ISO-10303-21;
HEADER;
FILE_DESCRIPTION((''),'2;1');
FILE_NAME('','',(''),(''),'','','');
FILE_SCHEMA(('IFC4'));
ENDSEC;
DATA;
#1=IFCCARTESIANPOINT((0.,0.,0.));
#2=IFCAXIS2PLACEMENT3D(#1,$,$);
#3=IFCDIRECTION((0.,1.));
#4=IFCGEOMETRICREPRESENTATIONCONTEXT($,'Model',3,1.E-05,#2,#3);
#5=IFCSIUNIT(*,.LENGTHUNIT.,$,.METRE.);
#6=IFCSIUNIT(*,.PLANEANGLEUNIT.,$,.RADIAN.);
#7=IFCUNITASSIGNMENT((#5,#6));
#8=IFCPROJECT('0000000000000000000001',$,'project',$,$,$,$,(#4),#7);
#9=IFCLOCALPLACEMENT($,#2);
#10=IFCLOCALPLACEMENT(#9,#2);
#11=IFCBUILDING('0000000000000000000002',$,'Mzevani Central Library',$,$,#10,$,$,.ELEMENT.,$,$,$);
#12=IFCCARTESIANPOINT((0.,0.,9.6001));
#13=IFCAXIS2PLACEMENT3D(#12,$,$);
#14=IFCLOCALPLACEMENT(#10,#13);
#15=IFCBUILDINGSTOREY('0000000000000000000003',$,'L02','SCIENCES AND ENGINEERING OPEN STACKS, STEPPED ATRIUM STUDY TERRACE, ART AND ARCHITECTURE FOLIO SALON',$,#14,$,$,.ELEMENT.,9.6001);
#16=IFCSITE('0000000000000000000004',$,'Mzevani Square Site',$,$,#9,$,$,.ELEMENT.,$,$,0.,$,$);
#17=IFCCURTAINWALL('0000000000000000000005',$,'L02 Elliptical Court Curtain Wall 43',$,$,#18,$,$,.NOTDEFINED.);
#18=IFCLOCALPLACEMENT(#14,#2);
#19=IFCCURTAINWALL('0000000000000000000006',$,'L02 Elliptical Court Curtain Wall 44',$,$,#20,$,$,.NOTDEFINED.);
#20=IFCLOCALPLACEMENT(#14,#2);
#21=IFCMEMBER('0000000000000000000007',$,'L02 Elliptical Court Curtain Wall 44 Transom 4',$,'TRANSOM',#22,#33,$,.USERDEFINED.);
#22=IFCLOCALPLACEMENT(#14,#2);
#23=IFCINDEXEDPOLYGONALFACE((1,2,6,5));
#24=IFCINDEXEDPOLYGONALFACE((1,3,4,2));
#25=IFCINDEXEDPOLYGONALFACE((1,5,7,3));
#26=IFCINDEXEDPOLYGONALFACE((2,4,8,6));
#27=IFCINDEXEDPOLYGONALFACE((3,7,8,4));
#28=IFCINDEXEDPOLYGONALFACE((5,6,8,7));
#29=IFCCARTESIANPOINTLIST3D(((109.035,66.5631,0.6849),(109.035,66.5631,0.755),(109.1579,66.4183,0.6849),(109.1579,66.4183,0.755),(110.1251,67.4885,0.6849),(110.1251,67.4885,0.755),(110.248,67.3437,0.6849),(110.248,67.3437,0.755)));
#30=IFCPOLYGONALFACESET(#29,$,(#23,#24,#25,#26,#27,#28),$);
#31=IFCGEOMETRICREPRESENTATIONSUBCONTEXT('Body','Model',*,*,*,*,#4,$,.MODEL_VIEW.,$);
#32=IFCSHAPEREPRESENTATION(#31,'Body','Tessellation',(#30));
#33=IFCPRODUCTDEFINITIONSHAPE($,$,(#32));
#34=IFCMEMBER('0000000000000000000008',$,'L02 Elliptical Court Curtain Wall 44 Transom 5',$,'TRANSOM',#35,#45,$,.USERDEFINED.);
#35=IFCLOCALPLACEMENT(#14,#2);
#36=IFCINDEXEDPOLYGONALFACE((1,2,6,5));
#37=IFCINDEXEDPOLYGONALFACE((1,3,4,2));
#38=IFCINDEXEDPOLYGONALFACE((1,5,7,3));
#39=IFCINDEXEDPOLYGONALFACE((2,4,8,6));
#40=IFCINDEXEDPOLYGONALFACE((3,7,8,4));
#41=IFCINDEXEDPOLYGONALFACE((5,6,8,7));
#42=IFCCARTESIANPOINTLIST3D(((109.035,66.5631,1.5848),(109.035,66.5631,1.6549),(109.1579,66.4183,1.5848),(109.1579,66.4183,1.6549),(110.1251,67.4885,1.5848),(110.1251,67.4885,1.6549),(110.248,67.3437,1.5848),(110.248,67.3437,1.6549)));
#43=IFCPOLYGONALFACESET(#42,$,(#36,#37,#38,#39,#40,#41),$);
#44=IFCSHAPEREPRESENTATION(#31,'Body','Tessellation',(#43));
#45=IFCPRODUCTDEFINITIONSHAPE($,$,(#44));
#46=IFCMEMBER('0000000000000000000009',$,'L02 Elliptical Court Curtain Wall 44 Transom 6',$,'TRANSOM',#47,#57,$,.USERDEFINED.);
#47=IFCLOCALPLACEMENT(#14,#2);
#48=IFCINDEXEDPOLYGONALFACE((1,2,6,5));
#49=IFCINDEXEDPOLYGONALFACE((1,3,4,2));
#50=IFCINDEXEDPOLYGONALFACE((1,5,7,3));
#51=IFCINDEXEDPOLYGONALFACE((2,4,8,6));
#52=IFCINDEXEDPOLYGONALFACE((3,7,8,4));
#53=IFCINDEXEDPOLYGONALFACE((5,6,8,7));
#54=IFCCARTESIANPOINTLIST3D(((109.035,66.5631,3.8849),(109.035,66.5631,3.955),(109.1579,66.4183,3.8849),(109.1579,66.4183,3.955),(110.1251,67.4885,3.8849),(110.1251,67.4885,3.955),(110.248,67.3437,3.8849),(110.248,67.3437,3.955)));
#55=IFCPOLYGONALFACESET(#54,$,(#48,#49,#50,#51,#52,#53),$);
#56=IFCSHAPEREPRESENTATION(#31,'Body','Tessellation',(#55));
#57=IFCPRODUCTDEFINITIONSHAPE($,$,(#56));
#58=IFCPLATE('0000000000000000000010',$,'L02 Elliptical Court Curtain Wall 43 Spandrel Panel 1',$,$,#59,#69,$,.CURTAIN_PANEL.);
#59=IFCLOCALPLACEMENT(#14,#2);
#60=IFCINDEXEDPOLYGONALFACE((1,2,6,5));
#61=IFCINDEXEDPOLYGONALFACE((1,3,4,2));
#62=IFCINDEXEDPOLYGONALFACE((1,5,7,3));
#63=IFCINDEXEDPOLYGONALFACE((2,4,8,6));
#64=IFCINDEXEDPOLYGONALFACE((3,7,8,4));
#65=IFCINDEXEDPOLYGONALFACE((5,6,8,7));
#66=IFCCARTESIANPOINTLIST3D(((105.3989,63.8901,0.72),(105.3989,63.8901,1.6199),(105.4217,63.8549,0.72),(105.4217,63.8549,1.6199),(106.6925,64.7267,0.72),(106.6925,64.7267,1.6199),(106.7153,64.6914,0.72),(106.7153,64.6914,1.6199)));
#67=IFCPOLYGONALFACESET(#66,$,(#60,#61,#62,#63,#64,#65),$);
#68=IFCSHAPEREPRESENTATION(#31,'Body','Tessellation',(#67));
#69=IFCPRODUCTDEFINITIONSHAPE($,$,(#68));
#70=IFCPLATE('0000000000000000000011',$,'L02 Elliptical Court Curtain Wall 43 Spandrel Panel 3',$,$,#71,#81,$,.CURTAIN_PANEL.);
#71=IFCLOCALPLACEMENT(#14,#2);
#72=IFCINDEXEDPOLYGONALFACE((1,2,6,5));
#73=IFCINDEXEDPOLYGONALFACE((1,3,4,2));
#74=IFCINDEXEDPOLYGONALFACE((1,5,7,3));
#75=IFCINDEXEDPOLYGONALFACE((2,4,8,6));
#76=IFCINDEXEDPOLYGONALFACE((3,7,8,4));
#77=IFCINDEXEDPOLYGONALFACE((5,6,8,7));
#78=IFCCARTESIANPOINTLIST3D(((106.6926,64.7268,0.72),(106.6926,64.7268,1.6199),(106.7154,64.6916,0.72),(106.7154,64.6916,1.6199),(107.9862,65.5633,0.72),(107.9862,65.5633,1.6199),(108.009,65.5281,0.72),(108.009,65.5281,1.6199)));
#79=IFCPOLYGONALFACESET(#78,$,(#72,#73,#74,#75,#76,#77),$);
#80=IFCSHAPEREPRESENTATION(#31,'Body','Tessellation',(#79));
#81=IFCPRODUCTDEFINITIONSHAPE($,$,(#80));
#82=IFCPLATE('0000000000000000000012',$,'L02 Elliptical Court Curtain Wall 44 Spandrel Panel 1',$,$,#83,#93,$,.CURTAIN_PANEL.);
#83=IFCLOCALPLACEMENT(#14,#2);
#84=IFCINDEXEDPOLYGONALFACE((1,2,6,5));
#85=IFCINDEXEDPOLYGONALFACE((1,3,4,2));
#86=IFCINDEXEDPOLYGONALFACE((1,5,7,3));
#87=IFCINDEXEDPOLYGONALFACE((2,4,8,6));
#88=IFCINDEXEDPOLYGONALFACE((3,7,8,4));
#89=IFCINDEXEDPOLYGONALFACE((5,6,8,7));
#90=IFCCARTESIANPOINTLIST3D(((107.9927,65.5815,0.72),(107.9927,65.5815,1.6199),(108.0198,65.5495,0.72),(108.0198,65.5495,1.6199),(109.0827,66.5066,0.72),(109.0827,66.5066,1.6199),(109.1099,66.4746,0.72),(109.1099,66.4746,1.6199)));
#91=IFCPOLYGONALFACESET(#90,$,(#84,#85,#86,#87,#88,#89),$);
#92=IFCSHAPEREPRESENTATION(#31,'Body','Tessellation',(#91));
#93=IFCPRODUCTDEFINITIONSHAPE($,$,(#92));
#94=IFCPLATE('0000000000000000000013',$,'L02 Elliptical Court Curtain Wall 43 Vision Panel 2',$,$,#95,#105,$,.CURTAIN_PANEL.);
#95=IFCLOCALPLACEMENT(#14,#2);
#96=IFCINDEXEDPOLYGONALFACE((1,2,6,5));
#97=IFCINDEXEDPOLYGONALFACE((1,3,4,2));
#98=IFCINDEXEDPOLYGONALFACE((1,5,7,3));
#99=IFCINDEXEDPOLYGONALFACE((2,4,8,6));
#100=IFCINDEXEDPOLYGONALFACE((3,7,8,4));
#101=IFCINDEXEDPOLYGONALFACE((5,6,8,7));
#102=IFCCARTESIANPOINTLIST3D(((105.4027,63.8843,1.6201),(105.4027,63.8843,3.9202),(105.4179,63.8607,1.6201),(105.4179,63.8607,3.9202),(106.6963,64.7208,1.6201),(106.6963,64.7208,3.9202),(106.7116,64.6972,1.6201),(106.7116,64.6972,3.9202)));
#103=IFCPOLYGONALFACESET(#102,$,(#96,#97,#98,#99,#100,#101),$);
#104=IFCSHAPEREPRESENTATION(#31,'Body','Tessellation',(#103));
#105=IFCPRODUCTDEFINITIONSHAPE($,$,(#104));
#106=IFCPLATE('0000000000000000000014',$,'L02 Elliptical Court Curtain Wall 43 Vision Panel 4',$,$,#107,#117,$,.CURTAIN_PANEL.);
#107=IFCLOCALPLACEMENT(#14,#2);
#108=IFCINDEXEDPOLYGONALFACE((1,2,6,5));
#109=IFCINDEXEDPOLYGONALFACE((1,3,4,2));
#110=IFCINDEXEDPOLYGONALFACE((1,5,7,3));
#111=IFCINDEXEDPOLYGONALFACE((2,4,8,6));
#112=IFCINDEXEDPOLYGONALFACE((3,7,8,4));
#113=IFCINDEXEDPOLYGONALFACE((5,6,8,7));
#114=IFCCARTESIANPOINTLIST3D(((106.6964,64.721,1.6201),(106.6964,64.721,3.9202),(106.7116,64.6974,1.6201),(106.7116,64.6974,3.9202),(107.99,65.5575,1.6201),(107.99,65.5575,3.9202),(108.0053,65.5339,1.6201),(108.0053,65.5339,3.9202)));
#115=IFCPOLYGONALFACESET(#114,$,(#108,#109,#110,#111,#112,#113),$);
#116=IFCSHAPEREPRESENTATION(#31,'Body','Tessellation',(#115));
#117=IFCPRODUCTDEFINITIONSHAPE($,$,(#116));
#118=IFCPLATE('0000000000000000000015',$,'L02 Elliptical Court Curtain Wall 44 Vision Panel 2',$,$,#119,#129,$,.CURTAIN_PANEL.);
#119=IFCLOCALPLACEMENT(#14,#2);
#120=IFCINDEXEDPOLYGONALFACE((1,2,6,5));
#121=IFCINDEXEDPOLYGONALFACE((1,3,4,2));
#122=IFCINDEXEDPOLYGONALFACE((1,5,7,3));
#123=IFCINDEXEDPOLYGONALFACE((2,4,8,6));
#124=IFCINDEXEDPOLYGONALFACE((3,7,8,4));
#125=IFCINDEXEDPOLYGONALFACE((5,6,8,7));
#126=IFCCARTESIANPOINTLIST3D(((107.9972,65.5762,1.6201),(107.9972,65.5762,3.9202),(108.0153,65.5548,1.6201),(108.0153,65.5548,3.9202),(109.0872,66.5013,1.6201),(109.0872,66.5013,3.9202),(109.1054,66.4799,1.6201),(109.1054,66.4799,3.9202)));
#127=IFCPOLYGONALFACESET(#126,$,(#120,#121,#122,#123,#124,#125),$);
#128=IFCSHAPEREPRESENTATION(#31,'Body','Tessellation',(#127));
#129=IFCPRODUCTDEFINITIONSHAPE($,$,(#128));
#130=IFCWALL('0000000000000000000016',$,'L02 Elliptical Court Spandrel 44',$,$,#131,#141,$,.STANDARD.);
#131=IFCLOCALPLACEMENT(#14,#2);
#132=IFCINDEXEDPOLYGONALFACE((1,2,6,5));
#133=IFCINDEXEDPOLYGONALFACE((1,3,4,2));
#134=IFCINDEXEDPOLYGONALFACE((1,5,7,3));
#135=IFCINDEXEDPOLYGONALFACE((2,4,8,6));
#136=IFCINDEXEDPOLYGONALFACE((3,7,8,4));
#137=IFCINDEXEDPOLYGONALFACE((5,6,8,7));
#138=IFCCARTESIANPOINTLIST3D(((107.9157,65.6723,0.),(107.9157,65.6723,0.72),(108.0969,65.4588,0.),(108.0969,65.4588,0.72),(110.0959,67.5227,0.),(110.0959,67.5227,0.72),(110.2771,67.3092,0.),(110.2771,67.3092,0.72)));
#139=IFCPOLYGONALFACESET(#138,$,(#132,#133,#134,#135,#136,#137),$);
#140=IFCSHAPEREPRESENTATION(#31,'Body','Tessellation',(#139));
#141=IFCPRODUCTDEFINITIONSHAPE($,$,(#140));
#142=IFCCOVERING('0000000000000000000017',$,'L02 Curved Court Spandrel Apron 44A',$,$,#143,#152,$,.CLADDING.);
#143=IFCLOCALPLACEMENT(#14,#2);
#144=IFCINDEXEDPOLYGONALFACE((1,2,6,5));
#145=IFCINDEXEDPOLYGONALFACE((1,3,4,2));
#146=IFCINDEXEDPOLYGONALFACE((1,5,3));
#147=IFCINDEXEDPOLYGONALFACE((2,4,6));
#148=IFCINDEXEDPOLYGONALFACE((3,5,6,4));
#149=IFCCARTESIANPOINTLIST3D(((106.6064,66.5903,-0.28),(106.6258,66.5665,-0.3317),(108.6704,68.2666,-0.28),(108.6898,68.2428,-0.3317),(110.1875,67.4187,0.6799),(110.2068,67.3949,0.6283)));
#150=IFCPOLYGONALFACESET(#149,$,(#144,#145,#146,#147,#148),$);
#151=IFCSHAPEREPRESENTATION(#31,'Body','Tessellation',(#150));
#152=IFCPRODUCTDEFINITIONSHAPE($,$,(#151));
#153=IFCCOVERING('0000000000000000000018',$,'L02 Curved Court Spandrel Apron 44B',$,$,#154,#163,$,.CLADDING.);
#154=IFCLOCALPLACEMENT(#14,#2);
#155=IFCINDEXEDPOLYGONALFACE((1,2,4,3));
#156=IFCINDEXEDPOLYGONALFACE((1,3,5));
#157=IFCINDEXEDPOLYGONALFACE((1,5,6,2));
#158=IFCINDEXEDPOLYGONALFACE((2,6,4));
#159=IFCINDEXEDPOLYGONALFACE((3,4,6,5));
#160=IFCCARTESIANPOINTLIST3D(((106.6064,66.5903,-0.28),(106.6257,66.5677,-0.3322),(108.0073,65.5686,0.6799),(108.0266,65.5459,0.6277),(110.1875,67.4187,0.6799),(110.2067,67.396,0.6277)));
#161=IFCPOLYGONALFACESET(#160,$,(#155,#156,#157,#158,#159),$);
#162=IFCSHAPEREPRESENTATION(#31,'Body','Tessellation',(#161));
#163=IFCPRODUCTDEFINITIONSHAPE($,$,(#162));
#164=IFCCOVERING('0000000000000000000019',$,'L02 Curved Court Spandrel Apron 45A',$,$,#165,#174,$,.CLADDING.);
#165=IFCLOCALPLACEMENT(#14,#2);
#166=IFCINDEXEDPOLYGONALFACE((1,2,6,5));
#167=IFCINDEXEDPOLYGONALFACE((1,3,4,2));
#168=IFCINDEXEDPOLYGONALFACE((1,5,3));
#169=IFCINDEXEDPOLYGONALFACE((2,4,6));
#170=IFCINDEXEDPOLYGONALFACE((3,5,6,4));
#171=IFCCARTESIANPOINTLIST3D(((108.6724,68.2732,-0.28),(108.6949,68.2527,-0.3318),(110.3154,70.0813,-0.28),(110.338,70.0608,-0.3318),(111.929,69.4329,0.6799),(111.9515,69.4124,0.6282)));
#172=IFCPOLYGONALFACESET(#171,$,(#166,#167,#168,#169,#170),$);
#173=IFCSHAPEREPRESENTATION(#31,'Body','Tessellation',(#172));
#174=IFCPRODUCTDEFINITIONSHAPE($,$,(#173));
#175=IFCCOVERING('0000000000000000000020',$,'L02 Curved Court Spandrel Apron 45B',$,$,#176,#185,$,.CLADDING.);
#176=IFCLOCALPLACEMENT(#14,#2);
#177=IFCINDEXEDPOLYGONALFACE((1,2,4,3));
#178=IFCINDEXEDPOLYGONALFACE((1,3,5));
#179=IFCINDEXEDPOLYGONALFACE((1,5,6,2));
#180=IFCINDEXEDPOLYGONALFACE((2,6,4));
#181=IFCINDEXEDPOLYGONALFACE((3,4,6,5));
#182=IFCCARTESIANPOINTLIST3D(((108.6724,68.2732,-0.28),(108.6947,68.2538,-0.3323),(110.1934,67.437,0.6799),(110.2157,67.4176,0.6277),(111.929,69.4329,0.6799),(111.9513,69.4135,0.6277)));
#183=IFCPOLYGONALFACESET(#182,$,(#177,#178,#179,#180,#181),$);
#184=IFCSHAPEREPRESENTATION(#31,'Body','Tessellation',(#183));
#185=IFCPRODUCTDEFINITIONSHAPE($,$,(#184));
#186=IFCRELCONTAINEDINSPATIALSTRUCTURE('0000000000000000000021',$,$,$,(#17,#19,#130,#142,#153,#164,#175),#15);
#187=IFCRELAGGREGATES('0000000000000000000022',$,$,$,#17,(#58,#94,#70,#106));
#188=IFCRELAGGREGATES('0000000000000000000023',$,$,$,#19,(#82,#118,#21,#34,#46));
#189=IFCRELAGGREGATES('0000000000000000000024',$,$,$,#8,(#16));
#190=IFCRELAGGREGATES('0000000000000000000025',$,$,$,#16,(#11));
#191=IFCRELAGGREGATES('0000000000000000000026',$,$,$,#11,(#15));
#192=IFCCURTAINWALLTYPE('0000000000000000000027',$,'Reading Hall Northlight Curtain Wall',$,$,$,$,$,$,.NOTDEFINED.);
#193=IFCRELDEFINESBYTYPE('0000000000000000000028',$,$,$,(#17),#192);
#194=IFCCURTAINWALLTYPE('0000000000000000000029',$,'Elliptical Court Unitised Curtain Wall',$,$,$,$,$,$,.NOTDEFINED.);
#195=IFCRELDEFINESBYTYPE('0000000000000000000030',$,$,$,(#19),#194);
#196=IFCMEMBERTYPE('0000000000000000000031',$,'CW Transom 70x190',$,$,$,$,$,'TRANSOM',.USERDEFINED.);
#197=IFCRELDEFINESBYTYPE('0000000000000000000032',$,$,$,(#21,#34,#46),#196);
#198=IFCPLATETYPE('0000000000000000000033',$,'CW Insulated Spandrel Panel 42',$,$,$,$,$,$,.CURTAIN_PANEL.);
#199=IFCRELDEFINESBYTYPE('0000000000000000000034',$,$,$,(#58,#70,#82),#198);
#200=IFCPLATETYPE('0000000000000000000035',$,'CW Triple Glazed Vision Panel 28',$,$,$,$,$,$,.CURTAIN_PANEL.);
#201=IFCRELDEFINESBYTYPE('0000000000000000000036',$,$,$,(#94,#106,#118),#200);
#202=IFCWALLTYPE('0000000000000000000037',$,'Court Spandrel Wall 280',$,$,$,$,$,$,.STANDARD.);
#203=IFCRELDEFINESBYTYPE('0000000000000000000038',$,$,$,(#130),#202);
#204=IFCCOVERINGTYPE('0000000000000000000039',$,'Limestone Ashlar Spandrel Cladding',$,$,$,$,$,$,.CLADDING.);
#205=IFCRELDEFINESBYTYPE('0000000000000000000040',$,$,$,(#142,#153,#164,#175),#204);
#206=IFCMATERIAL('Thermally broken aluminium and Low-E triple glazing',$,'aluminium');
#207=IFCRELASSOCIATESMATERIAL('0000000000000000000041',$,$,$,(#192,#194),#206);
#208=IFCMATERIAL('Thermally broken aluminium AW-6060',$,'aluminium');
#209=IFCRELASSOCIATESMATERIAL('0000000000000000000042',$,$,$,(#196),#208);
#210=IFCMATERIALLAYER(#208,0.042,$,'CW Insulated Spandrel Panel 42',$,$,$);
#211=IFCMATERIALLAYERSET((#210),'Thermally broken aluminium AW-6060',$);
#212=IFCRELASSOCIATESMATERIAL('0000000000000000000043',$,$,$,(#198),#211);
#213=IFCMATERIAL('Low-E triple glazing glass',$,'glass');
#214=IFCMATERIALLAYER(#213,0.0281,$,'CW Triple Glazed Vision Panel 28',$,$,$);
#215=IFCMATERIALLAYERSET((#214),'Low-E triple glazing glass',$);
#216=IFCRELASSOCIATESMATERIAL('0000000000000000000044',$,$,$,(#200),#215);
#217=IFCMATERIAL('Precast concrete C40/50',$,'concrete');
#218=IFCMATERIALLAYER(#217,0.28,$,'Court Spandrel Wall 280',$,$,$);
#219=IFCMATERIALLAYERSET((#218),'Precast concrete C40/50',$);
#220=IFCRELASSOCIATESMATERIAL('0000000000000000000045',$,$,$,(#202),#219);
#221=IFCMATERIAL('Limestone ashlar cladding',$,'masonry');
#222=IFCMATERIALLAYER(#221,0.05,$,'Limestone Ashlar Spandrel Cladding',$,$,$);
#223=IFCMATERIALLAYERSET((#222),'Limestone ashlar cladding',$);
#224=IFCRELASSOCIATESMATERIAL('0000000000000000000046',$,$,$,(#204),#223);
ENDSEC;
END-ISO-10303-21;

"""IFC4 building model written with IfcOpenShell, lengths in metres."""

from ifc_helpers import new_model, si_unit, direction, frame, frame_2d, origin, origin_2d, place, context, subcontext, project, spatial, polyline, rectangle, outline, extrude, material, layer, layer_set, material_profile, profile_set, type_object, element, aggregate, save


model = new_model("IFC4")

# Units and contexts
model_context = context("Model", 3, precision=1e-05, world=origin(), true_north=direction((0.0, 1.0)))
body_context = subcontext(model_context, "Body", "Model", "MODEL_VIEW")
ifc_project = project(units=[si_unit("LENGTHUNIT", "METRE"), si_unit("PLANEANGLEUNIT", "RADIAN")], contexts=[model_context])

# Site, building, storey
site_placement = place(None, origin())
site = spatial("IfcSite", under=ifc_project, at=site_placement, Name="Mzevani Square Site", CompositionType="ELEMENT", RefElevation=0.0)
building_placement = place(site_placement, origin())
building = spatial("IfcBuilding", under=site, at=building_placement, Name="Mzevani Central Library", CompositionType="ELEMENT")
storey_placement = place(building_placement, frame((0.0, 0.0, 9.6001)))
storey = spatial("IfcBuildingStorey", under=building, at=storey_placement, Name="L02", Description="SCIENCES AND ENGINEERING OPEN STACKS, STEPPED ATRIUM STUDY TERRACE, ART AND ARCHITECTURE FOLIO SALON", CompositionType="ELEMENT", Elevation=9.6001)

# Curtain walls
ifc_material_1 = material(Name="Thermally broken aluminium and Low-E triple glazing", Category="aluminium")
curtain_wall_type_1 = type_object("IfcCurtainWallType", Name="Reading Hall Northlight Curtain Wall", PredefinedType="NOTDEFINED", material=ifc_material_1)
curtain_wall_1_placement = place(storey_placement, origin())
curtain_wall_1 = element("IfcCurtainWall", 1, at=curtain_wall_1_placement, inside=storey, type_object=curtain_wall_type_1, Name="L02 Elliptical Court Curtain Wall 43", PredefinedType="NOTDEFINED")
ifc_material_2 = material(Name="Thermally broken aluminium AW-6060", Category="aluminium")
curtain_wall_type_2 = type_object("IfcCurtainWallType", Name="Elliptical Court Unitised Curtain Wall", PredefinedType="NOTDEFINED", material=ifc_material_1)
curtain_wall_2_placement = place(storey_placement, origin())
curtain_wall_2 = element("IfcCurtainWall", 2, at=curtain_wall_2_placement, inside=storey, type_object=curtain_wall_type_2, Name="L02 Elliptical Court Curtain Wall 44", PredefinedType="NOTDEFINED")

# Members
ifc_material_profile_1 = material_profile(ifc_material_2, rectangle(XDim=0.1899, YDim=0.0701, at=origin_2d()), Name="ALU T70x190")
ifc_profile_set_1 = profile_set([ifc_material_profile_1], Name="Thermally broken aluminium AW-6060")
member_type_1 = type_object("IfcMemberType", Name="CW Transom 70x190", ElementType="TRANSOM", PredefinedType="USERDEFINED", material=ifc_profile_set_1)
member_1_placement = place(storey_placement, frame((109.0964, 66.4907, 0.72), z_axis=(0.762381, 0.647128, 0.0), x_axis=(-0.647128, 0.762381, 0.0)))
member_1 = element("IfcMember", 3, at=member_1_placement, type_object=member_type_1, Name="L02 Elliptical Court Curtain Wall 44 Transom 4", ObjectType="TRANSOM", PredefinedType="USERDEFINED", context=body_context, shape_type="SweptSolid", body=[
    extrude(rectangle(XDim=0.1899, YDim=0.0701, at=origin_2d()), origin(), (0.0, 0.0, 1.0), 1.4299),
])
member_2_placement = place(storey_placement, frame((109.0964, 66.4907, 1.6199), z_axis=(0.762381, 0.647128, 0.0), x_axis=(-0.647128, 0.762381, 0.0)))
member_2 = element("IfcMember", 4, at=member_2_placement, type_object=member_type_1, Name="L02 Elliptical Court Curtain Wall 44 Transom 5", ObjectType="TRANSOM", PredefinedType="USERDEFINED", context=body_context, shape_type="SweptSolid", body=[
    extrude(rectangle(XDim=0.1899, YDim=0.0701, at=origin_2d()), origin(), (0.0, 0.0, 1.0), 1.4299),
])
member_3_placement = place(storey_placement, frame((109.0964, 66.4907, 3.9199), z_axis=(0.762381, 0.647128, 0.0), x_axis=(-0.647128, 0.762381, 0.0)))
member_3 = element("IfcMember", 5, at=member_3_placement, type_object=member_type_1, Name="L02 Elliptical Court Curtain Wall 44 Transom 6", ObjectType="TRANSOM", PredefinedType="USERDEFINED", context=body_context, shape_type="SweptSolid", body=[
    extrude(rectangle(XDim=0.1899, YDim=0.0701, at=origin_2d()), origin(), (0.0, 0.0, 1.0), 1.4299),
])

# Plates
ifc_layer_1 = layer(ifc_material_2, 0.042, Name="CW Insulated Spandrel Panel 42")
ifc_layer_set_1 = layer_set([ifc_layer_1], Name="Thermally broken aluminium AW-6060")
plate_type_1 = type_object("IfcPlateType", Name="CW Insulated Spandrel Panel 42", PredefinedType="CURTAIN_PANEL", material=ifc_layer_set_1)
plate_1_placement = place(storey_placement, frame((106.0571, 64.2908, 0.72), z_axis=(0.0, 0.0, 1.0), x_axis=(0.839733, 0.543, 0.0)))
plate_1 = element("IfcPlate", 6, at=plate_1_placement, type_object=plate_type_1, Name="L02 Elliptical Court Curtain Wall 43 Spandrel Panel 1", PredefinedType="CURTAIN_PANEL", context=body_context, shape_type="SweptSolid", body=[
    extrude(rectangle(XDim=1.5405, YDim=0.042, at=origin_2d()), origin(), (0.0, 0.0, 1.0), 0.8999),
])
plate_2_placement = place(storey_placement, frame((107.3508, 65.1274, 0.72), z_axis=(0.0, 0.0, 1.0), x_axis=(0.839733, 0.543, 0.0)))
plate_2 = element("IfcPlate", 7, at=plate_2_placement, type_object=plate_type_1, Name="L02 Elliptical Court Curtain Wall 43 Spandrel Panel 3", PredefinedType="CURTAIN_PANEL", context=body_context, shape_type="SweptSolid", body=[
    extrude(rectangle(XDim=1.5405, YDim=0.042, at=origin_2d()), origin(), (0.0, 0.0, 1.0), 0.8999),
])
plate_3_placement = place(storey_placement, frame((108.5513, 66.0281, 0.72), z_axis=(0.0, 0.0, 1.0), x_axis=(0.762435, 0.647065, 0.0)))
plate_3 = element("IfcPlate", 8, at=plate_3_placement, type_object=plate_type_1, Name="L02 Elliptical Court Curtain Wall 44 Spandrel Panel 1", PredefinedType="CURTAIN_PANEL", context=body_context, shape_type="SweptSolid", body=[
    extrude(rectangle(XDim=1.4297, YDim=0.042, at=origin_2d()), origin(), (0.0, 0.0, 1.0), 0.8999),
])
ifc_material_3 = material(Name="Low-E triple glazing glass", Category="glass")
ifc_layer_2 = layer(ifc_material_3, 0.0281, Name="CW Triple Glazed Vision Panel 28")
ifc_layer_set_2 = layer_set([ifc_layer_2], Name="Low-E triple glazing glass")
plate_type_2 = type_object("IfcPlateType", Name="CW Triple Glazed Vision Panel 28", PredefinedType="CURTAIN_PANEL", material=ifc_layer_set_2)
plate_4_placement = place(storey_placement, frame((106.0571, 64.2908, 1.6201), z_axis=(0.0, 0.0, 1.0), x_axis=(0.839733, 0.543, 0.0)))
plate_4 = element("IfcPlate", 9, at=plate_4_placement, type_object=plate_type_2, Name="L02 Elliptical Court Curtain Wall 43 Vision Panel 2", PredefinedType="CURTAIN_PANEL", context=body_context, shape_type="SweptSolid", body=[
    extrude(rectangle(XDim=1.5405, YDim=0.0281, at=origin_2d()), origin(), (0.0, 0.0, 1.0), 2.3),
])
plate_5_placement = place(storey_placement, frame((107.3508, 65.1274, 1.6201), z_axis=(0.0, 0.0, 1.0), x_axis=(0.839733, 0.543, 0.0)))
plate_5 = element("IfcPlate", 10, at=plate_5_placement, type_object=plate_type_2, Name="L02 Elliptical Court Curtain Wall 43 Vision Panel 4", PredefinedType="CURTAIN_PANEL", context=body_context, shape_type="SweptSolid", body=[
    extrude(rectangle(XDim=1.5405, YDim=0.0281, at=origin_2d()), origin(), (0.0, 0.0, 1.0), 2.3),
])
aggregate(curtain_wall_1, [plate_1, plate_4, plate_2, plate_5])
plate_6_placement = place(storey_placement, frame((108.5513, 66.0281, 1.6201), z_axis=(0.0, 0.0, 1.0), x_axis=(0.762435, 0.647065, 0.0)))
plate_6 = element("IfcPlate", 11, at=plate_6_placement, type_object=plate_type_2, Name="L02 Elliptical Court Curtain Wall 44 Vision Panel 2", PredefinedType="CURTAIN_PANEL", context=body_context, shape_type="SweptSolid", body=[
    extrude(rectangle(XDim=1.4297, YDim=0.0281, at=origin_2d()), origin(), (0.0, 0.0, 1.0), 2.3),
])
aggregate(curtain_wall_2, [plate_3, plate_6, member_1, member_2, member_3])

# Wall
ifc_material_4 = material(Name="Precast concrete C40/50", Category="concrete")
ifc_layer_3 = layer(ifc_material_4, 0.28, Name="Court Spandrel Wall 280")
ifc_layer_set_3 = layer_set([ifc_layer_3], Name="Precast concrete C40/50")
wall_type = type_object("IfcWallType", Name="Court Spandrel Wall 280", PredefinedType="STANDARD", material=ifc_layer_set_3)
wall_placement = place(storey_placement, frame((108.0063, 65.5657, 0.0), z_axis=(0.0, 0.0, 1.0), x_axis=(0.762424, 0.647078, 0.0)))
element("IfcWall", 12, at=wall_placement, inside=storey, type_object=wall_type, Name="L02 Elliptical Court Spandrel 44", PredefinedType="STANDARD", context=body_context, shape_type="SweptSolid", body=[
    extrude(rectangle(XDim=2.8596, YDim=0.28, at=frame_2d((1.4297, 0.0))), origin(), (0.0, 0.0, 1.0), 0.72),
])

# Coverings
ifc_material_5 = material(Name="Limestone ashlar cladding", Category="masonry")
ifc_layer_4 = layer(ifc_material_5, 0.05, Name="Limestone Ashlar Spandrel Cladding")
ifc_layer_set_4 = layer_set([ifc_layer_4], Name="Limestone ashlar cladding")
covering_type = type_object("IfcCoveringType", Name="Limestone Ashlar Spandrel Cladding", PredefinedType="CLADDING", material=ifc_layer_set_4)
covering_1_placement = place(storey_placement, frame((106.6064, 66.5903, -0.28), z_axis=(-0.322181, 0.396697, 0.859553), x_axis=(0.776243, 0.630434, 0.0)))
element("IfcCovering", 13, at=covering_1_placement, inside=storey, type_object=covering_type, Name="L02 Curved Court Spandrel Apron 44A", PredefinedType="CLADDING", context=body_context, shape_type="SweptSolid", body=[
    extrude(outline(polyline([(0.0, 0.0), (2.6589, 0.0), (3.302, -1.8784), (0.0, 0.0)])), origin(), (0.0, 0.0, -1.0), 0.0601),
])
covering_2_placement = place(storey_placement, frame((106.6064, 66.5903, -0.28), z_axis=(-0.320224, 0.377356, 0.868942), x_axis=(0.942655, 0.218055, 0.252694)))
element("IfcCovering", 14, at=covering_2_placement, inside=storey, type_object=covering_type, Name="L02 Curved Court Spandrel Apron 44B", PredefinedType="CLADDING", context=body_context, shape_type="SweptSolid", body=[
    extrude(outline(polyline([(0.0, 0.0), (3.7989, 0.0), (1.3403, -1.4599), (0.0, 0.0)])), origin(), (0.0, 0.0, -1.0), 0.0601),
])
covering_3_placement = place(storey_placement, frame((108.6724, 68.2732, -0.28), z_axis=(-0.375526, 0.341249, 0.861701), x_axis=(0.672524, 0.740076, 0.0)))
element("IfcCovering", 15, at=covering_3_placement, inside=storey, type_object=covering_type, Name="L02 Curved Court Spandrel Apron 45A", PredefinedType="CLADDING", context=body_context, shape_type="SweptSolid", body=[
    extrude(outline(polyline([(0.0, 0.0), (2.4431, 0.0), (3.0484, -1.8919), (0.0, 0.0)])), origin(), (0.0, 0.0, -1.0), 0.0601),
])
covering_4_placement = place(storey_placement, frame((108.6724, 68.2732, -0.28), z_axis=(-0.371628, 0.323168, 0.870319), x_axis=(0.907705, 0.323232, 0.267568)))
element("IfcCovering", 16, at=covering_4_placement, inside=storey, type_object=covering_type, Name="L02 Curved Court Spandrel Apron 45B", PredefinedType="CLADDING", context=body_context, shape_type="SweptSolid", body=[
    extrude(outline(polyline([(0.0, 0.0), (3.5877, 0.0), (1.3672, -1.437), (0.0, 0.0)])), origin(), (0.0, 0.0, -1.0), 0.0601),
])

save(model, "model.ifc")
